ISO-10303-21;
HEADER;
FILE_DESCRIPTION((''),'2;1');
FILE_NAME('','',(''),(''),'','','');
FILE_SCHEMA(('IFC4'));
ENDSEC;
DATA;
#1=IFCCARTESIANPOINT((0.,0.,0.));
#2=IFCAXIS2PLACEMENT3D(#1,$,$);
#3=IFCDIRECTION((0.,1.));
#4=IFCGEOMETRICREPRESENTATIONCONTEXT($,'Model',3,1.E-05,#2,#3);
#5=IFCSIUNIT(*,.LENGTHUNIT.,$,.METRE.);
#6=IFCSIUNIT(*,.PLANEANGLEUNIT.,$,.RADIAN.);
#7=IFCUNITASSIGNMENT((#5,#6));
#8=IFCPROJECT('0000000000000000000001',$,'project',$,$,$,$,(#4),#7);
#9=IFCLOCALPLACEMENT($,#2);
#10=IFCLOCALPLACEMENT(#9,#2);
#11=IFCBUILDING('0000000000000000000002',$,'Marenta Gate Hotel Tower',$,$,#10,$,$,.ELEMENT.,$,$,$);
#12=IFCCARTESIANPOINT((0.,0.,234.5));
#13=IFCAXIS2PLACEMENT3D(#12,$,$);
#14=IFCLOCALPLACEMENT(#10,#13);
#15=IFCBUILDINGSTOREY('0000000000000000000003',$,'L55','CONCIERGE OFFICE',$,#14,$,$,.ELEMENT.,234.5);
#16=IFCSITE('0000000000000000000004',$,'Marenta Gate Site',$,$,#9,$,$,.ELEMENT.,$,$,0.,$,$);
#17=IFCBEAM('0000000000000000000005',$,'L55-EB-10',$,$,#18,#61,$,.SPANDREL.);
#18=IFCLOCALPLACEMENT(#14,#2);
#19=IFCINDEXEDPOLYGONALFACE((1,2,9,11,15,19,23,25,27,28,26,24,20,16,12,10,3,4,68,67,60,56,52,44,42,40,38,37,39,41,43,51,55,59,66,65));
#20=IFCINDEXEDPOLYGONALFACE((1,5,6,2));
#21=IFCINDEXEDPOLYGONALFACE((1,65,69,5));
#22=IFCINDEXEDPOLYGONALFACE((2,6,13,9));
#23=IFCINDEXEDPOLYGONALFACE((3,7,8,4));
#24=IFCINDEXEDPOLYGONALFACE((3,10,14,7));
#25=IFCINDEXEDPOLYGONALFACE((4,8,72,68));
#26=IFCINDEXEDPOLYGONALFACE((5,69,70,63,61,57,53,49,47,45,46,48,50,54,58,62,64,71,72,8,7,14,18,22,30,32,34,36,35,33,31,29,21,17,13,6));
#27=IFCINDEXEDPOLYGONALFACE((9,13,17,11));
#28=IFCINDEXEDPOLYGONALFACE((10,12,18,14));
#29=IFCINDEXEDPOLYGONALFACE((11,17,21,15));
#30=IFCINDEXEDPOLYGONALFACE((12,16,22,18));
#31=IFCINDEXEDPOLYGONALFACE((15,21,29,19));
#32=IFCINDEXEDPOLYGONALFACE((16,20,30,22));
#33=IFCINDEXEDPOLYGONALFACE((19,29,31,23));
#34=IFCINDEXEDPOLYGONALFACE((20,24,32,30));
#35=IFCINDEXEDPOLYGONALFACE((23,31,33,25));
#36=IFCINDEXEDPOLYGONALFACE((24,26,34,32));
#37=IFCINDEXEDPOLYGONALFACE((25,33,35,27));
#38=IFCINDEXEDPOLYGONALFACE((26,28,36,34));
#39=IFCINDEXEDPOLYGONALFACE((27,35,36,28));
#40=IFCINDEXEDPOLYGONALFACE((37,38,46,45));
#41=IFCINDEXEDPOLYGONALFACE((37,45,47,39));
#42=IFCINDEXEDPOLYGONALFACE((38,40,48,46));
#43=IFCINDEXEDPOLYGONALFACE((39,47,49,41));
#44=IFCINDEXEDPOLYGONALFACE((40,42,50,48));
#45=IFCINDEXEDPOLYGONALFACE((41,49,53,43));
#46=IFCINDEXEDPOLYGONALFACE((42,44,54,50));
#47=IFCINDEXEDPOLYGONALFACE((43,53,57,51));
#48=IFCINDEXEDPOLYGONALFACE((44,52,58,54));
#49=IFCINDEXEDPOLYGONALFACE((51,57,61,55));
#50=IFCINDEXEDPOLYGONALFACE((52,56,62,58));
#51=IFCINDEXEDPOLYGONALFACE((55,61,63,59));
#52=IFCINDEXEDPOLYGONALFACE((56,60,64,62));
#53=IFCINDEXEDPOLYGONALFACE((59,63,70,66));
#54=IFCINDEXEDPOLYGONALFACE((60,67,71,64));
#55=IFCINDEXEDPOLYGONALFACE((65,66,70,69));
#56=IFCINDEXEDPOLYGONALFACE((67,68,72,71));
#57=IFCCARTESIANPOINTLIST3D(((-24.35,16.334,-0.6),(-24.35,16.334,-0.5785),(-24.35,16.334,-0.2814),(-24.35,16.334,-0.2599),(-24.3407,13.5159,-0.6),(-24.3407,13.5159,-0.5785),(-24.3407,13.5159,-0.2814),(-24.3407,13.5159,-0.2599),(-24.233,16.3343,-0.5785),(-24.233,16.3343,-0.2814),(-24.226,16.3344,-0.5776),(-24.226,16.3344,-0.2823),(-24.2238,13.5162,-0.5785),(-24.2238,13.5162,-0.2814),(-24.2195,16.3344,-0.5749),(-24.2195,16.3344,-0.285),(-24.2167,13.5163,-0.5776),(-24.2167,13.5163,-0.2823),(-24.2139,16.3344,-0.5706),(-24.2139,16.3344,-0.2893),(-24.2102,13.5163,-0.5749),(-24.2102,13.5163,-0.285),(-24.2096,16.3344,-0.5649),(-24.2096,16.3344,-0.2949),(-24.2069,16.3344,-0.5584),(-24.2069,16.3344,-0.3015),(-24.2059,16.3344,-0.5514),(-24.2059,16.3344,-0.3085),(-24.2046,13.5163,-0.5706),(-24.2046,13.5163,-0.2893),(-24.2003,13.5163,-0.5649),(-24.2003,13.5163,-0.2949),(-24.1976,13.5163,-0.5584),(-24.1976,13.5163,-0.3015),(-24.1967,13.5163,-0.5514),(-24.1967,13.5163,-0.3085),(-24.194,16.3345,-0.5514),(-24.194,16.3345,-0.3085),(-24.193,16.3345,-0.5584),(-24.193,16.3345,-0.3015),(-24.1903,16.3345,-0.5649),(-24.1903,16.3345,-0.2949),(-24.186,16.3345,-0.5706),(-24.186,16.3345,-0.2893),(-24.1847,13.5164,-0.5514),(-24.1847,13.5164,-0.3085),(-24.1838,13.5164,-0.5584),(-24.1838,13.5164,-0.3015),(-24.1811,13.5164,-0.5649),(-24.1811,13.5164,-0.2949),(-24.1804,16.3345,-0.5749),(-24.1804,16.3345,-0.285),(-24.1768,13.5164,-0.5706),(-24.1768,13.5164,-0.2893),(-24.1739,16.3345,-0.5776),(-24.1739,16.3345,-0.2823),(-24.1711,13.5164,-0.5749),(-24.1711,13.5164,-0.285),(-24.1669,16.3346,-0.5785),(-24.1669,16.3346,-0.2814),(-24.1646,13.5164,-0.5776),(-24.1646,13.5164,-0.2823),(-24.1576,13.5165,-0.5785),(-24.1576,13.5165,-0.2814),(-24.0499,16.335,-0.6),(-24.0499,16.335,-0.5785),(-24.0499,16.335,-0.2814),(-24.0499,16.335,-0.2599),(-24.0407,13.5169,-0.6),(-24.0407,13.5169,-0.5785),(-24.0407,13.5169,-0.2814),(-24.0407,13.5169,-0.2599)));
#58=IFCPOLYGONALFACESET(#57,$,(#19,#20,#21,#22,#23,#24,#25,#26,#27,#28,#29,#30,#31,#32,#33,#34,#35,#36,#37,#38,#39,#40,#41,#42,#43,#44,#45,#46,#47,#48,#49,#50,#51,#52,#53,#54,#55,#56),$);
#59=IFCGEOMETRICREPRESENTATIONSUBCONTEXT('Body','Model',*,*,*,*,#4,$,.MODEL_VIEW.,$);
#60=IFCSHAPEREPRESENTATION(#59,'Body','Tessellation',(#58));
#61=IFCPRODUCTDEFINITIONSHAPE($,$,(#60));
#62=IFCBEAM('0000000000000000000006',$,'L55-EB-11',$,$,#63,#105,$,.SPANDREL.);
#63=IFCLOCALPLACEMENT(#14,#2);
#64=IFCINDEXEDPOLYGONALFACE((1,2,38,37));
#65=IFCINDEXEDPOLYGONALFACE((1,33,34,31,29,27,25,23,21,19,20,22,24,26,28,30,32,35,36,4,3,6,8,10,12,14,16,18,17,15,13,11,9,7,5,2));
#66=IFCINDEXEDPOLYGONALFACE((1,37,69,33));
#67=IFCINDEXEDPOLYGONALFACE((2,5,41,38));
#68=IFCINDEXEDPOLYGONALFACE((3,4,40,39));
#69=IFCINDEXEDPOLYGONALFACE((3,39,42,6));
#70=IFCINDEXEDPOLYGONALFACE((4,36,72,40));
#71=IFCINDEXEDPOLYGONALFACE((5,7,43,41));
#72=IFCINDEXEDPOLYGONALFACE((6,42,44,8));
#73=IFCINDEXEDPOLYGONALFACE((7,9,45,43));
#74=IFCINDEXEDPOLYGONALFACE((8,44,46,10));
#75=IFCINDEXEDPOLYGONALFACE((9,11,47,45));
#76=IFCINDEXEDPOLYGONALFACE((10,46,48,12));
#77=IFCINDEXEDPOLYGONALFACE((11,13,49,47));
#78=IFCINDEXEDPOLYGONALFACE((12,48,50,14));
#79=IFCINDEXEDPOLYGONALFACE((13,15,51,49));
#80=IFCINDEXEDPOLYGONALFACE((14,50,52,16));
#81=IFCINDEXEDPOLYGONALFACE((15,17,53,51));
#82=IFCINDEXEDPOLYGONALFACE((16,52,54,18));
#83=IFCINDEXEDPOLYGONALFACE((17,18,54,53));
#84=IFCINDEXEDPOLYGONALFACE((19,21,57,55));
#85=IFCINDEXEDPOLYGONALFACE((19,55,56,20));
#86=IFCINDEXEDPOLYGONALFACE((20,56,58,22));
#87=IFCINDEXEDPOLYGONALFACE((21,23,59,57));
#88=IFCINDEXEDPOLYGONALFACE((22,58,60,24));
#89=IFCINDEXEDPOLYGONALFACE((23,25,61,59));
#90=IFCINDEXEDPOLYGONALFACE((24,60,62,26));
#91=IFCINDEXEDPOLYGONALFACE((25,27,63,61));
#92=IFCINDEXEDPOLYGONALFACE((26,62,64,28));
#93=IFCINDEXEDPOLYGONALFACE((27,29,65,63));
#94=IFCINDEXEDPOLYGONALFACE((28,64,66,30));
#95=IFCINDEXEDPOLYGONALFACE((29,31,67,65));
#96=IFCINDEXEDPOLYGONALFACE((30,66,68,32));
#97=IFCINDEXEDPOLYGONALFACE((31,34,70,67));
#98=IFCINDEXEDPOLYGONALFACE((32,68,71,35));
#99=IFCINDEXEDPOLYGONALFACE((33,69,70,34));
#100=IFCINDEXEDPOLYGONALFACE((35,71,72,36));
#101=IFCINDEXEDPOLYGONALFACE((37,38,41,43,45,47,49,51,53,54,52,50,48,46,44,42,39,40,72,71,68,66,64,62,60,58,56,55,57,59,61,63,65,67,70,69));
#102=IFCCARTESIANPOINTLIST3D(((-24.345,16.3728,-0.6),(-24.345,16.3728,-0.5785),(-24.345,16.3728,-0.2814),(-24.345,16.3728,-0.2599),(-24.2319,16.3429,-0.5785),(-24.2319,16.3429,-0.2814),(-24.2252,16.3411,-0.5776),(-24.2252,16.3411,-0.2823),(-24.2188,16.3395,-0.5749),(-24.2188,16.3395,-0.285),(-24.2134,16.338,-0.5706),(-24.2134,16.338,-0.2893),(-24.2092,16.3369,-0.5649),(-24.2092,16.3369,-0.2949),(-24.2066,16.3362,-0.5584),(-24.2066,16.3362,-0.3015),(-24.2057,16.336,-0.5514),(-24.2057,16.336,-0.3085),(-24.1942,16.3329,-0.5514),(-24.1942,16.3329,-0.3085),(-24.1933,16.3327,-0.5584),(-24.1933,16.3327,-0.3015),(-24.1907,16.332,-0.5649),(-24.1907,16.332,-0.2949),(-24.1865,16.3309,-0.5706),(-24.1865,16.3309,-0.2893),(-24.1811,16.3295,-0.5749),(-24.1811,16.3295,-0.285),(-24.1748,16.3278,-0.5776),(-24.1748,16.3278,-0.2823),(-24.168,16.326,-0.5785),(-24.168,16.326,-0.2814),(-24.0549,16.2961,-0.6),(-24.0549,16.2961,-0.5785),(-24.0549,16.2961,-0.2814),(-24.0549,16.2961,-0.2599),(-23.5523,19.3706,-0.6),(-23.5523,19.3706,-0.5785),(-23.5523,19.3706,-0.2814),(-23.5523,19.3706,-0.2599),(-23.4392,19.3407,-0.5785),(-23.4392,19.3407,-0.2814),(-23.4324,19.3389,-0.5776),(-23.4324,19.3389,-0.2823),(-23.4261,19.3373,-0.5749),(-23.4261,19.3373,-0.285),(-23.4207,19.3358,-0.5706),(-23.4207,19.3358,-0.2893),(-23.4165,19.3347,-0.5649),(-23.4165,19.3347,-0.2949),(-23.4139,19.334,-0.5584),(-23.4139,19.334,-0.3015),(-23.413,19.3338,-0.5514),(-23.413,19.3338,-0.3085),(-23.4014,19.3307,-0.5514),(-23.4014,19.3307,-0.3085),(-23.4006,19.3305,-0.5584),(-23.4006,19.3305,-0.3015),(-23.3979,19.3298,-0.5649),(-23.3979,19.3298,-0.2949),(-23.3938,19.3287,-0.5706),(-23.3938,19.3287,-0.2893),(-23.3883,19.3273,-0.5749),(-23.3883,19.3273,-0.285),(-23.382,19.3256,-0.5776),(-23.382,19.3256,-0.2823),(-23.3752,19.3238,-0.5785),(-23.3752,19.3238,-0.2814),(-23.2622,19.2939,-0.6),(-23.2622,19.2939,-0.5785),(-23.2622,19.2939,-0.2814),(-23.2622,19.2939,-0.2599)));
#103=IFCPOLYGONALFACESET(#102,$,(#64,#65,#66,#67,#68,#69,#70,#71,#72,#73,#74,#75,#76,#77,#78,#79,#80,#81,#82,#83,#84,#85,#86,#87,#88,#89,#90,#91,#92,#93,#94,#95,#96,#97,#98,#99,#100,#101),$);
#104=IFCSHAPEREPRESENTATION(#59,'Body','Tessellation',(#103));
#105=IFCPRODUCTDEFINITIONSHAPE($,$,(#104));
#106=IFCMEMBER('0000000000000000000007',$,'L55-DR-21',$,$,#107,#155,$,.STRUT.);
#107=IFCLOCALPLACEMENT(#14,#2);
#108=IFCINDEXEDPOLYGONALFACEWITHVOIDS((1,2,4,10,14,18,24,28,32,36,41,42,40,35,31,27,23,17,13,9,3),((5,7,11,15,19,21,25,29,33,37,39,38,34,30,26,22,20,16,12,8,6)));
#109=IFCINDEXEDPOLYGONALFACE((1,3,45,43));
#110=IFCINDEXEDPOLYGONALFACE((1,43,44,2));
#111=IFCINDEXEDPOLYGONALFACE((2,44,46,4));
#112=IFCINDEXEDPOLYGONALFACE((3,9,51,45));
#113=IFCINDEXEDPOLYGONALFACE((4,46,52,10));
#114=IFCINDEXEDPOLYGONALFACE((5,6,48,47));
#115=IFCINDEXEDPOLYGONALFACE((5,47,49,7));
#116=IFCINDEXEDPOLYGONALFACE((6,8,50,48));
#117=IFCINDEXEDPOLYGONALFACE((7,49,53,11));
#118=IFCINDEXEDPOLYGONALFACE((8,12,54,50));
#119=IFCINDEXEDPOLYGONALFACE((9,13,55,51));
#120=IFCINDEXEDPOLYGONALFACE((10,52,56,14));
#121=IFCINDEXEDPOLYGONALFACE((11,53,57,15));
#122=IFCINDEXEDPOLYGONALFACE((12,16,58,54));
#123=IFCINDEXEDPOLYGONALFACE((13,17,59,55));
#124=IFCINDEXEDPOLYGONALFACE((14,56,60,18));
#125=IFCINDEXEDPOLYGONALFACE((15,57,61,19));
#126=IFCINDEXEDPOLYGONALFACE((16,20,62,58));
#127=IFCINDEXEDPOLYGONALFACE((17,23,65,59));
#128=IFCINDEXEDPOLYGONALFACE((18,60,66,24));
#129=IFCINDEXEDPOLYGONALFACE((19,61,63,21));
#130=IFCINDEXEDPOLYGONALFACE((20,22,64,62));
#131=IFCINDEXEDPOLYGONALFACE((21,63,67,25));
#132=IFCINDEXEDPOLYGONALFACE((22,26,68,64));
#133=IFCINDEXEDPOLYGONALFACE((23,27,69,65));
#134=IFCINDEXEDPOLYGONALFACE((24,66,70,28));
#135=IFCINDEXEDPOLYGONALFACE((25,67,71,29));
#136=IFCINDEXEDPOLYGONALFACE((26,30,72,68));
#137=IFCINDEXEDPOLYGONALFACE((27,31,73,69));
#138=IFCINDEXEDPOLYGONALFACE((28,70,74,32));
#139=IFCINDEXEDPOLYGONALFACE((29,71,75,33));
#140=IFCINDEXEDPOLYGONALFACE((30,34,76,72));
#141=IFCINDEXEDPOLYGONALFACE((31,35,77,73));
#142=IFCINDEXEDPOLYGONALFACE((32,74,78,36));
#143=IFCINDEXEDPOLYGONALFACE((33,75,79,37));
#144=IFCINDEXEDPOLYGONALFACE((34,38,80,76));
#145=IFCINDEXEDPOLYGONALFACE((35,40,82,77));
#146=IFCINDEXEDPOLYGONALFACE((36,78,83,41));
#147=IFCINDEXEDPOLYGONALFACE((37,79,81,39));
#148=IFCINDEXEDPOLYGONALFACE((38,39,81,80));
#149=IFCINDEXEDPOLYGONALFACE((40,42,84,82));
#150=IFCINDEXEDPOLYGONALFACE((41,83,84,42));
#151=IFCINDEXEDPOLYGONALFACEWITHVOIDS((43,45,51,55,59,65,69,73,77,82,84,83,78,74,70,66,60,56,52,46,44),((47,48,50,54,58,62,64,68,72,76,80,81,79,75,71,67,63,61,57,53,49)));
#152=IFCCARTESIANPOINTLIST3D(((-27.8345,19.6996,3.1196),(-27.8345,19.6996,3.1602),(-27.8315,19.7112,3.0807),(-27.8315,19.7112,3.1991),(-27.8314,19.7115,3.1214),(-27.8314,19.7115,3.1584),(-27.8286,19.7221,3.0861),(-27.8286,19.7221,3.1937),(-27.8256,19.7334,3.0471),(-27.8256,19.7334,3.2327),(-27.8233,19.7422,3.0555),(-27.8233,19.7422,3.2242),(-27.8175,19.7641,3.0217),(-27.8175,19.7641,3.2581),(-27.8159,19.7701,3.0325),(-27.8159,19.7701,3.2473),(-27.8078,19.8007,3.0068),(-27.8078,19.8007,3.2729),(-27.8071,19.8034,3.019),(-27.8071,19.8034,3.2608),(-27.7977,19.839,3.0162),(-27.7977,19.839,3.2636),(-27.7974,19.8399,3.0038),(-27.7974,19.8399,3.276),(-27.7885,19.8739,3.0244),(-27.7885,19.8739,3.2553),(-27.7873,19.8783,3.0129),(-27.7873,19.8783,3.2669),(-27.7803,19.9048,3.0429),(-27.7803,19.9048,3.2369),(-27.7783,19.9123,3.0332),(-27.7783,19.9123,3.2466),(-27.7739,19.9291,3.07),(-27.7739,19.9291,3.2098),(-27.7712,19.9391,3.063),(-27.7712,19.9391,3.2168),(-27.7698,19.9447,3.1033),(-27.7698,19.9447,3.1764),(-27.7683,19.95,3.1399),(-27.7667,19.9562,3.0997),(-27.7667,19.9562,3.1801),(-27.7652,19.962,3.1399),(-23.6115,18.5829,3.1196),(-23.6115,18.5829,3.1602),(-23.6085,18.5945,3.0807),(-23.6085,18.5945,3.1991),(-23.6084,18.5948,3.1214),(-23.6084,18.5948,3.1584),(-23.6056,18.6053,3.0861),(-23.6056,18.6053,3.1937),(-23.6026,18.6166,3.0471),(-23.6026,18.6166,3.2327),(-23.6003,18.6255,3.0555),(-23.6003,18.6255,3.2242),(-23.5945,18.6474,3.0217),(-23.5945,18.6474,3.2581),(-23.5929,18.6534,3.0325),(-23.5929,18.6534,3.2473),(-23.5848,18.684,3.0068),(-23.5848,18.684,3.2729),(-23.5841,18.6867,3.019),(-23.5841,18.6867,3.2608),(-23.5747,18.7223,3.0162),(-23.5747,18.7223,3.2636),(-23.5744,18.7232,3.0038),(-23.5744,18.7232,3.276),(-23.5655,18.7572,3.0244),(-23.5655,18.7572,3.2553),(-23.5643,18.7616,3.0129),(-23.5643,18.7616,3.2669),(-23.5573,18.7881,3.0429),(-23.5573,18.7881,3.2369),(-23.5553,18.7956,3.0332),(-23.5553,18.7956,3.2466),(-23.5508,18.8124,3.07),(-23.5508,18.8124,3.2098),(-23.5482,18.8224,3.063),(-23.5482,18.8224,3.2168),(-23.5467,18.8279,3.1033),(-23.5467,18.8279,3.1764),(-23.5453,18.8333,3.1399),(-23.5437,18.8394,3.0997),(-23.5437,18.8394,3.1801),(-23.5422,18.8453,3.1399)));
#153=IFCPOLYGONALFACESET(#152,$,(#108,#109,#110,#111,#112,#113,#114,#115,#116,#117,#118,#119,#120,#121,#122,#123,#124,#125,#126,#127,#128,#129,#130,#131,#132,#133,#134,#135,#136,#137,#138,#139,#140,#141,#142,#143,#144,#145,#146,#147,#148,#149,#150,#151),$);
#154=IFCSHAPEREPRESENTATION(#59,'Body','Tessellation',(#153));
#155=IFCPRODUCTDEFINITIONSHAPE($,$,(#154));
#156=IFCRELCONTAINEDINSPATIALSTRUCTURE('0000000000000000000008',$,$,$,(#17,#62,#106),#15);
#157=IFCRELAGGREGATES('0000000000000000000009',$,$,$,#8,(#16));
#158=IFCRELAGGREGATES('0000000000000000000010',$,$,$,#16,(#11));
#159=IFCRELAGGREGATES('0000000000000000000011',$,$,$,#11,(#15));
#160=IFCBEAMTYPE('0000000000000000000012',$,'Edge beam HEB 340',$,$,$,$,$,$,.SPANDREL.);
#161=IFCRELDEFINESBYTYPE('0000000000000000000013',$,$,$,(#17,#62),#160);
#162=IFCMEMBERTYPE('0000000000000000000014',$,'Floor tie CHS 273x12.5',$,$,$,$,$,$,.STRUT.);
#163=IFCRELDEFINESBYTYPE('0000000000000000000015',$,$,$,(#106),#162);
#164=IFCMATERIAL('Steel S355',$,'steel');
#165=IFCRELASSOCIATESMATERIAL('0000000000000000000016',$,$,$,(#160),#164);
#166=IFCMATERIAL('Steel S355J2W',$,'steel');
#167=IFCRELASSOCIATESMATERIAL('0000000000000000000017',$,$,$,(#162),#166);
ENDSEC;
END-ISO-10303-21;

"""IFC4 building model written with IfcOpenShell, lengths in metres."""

from ifc_helpers import new_model, si_unit, direction, frame, origin, origin_2d, place, context, subcontext, project, spatial, hollow_circle, i_section, extrude, material, material_profile, profile_set, type_object, element, save


model = new_model("IFC4")

# Units and contexts
model_context = context("Model", 3, precision=1e-05, world=origin(), true_north=direction((0.0, 1.0)))
body_context = subcontext(model_context, "Body", "Model", "MODEL_VIEW")
ifc_project = project(units=[si_unit("LENGTHUNIT", "METRE"), si_unit("PLANEANGLEUNIT", "RADIAN")], contexts=[model_context])

# Site, building, storey
site_placement = place(None, origin())
site = spatial("IfcSite", under=ifc_project, at=site_placement, Name="Marenta Gate Site", CompositionType="ELEMENT", RefElevation=0.0)
building_placement = place(site_placement, origin())
building = spatial("IfcBuilding", under=site, at=building_placement, Name="Marenta Gate Hotel Tower", CompositionType="ELEMENT")
storey_placement = place(building_placement, frame((0.0, 0.0, 234.5)))
storey = spatial("IfcBuildingStorey", under=building, at=storey_placement, Name="L55", Description="CONCIERGE OFFICE", CompositionType="ELEMENT", Elevation=234.5)

# Beams
ifc_material_1 = material(Name="Steel S355", Category="steel")
ifc_material_profile_1 = material_profile(ifc_material_1, i_section(OverallWidth=0.3, OverallDepth=0.3401, WebThickness=0.012, FlangeThickness=0.0215, FilletRadius=0.0271, at=origin_2d()), Name="HEB 340")
ifc_profile_set_1 = profile_set([ifc_material_profile_1], Name="Steel S355")
beam_type_1 = type_object("IfcBeamType", Name="Edge beam HEB 340", PredefinedType="SPANDREL", material=ifc_profile_set_1)
beam_1_placement = place(storey_placement, frame((-24.1907, 13.5164, -0.4299), z_axis=(-0.003292, 0.999995, 0.0), x_axis=(-0.999995, -0.003292, 0.0)))
element("IfcBeam", 1, at=beam_1_placement, inside=storey, type_object=beam_type_1, Name="L55-EB-10", PredefinedType="SPANDREL", context=body_context, shape_type="SweptSolid", body=[
    extrude(i_section(OverallWidth=0.3, OverallDepth=0.3401, WebThickness=0.012, FlangeThickness=0.0215, FilletRadius=0.0271, at=origin_2d()), origin(), (0.0, 0.0, 1.0), 2.8181),
])
beam_2_placement = place(storey_placement, frame((-24.2, 16.3345, -0.4299), z_axis=(0.255648, 0.96677, 0.0), x_axis=(-0.96677, 0.255648, 0.0)))
element("IfcBeam", 2, at=beam_2_placement, inside=storey, type_object=beam_type_1, Name="L55-EB-11", PredefinedType="SPANDREL", context=body_context, shape_type="SweptSolid", body=[
    extrude(i_section(OverallWidth=0.3, OverallDepth=0.3401, WebThickness=0.012, FlangeThickness=0.0215, FilletRadius=0.0271, at=origin_2d()), origin(), (0.0, 0.0, 1.0), 3.1008),
])

# Member
ifc_material_2 = material(Name="Steel S355J2W", Category="steel")
ifc_material_profile_2 = material_profile(ifc_material_2, hollow_circle(Radius=0.1365, WallThickness=0.0125, at=origin_2d()), Name="CHS 273x12.5")
ifc_profile_set_2 = profile_set([ifc_material_profile_2], Name="Steel S355J2W")
member_type_1 = type_object("IfcMemberType", Name="Floor tie CHS 273x12.5", PredefinedType="STRUT", material=ifc_profile_set_2)
member_1_placement = place(storey_placement, frame((-27.8, 19.8301, 3.1399), z_axis=(0.966769, -0.255651, 0.0), x_axis=(0.255651, 0.966769, 0.0)))
element("IfcMember", 3, at=member_1_placement, inside=storey, type_object=member_type_1, Name="L55-DR-21", PredefinedType="STRUT", context=body_context, shape_type="SweptSolid", body=[
    extrude(hollow_circle(Radius=0.1365, WallThickness=0.0125, at=origin_2d()), origin(), (0.0, 0.0, 1.0), 4.3682),
])

save(model, "model.ifc")
